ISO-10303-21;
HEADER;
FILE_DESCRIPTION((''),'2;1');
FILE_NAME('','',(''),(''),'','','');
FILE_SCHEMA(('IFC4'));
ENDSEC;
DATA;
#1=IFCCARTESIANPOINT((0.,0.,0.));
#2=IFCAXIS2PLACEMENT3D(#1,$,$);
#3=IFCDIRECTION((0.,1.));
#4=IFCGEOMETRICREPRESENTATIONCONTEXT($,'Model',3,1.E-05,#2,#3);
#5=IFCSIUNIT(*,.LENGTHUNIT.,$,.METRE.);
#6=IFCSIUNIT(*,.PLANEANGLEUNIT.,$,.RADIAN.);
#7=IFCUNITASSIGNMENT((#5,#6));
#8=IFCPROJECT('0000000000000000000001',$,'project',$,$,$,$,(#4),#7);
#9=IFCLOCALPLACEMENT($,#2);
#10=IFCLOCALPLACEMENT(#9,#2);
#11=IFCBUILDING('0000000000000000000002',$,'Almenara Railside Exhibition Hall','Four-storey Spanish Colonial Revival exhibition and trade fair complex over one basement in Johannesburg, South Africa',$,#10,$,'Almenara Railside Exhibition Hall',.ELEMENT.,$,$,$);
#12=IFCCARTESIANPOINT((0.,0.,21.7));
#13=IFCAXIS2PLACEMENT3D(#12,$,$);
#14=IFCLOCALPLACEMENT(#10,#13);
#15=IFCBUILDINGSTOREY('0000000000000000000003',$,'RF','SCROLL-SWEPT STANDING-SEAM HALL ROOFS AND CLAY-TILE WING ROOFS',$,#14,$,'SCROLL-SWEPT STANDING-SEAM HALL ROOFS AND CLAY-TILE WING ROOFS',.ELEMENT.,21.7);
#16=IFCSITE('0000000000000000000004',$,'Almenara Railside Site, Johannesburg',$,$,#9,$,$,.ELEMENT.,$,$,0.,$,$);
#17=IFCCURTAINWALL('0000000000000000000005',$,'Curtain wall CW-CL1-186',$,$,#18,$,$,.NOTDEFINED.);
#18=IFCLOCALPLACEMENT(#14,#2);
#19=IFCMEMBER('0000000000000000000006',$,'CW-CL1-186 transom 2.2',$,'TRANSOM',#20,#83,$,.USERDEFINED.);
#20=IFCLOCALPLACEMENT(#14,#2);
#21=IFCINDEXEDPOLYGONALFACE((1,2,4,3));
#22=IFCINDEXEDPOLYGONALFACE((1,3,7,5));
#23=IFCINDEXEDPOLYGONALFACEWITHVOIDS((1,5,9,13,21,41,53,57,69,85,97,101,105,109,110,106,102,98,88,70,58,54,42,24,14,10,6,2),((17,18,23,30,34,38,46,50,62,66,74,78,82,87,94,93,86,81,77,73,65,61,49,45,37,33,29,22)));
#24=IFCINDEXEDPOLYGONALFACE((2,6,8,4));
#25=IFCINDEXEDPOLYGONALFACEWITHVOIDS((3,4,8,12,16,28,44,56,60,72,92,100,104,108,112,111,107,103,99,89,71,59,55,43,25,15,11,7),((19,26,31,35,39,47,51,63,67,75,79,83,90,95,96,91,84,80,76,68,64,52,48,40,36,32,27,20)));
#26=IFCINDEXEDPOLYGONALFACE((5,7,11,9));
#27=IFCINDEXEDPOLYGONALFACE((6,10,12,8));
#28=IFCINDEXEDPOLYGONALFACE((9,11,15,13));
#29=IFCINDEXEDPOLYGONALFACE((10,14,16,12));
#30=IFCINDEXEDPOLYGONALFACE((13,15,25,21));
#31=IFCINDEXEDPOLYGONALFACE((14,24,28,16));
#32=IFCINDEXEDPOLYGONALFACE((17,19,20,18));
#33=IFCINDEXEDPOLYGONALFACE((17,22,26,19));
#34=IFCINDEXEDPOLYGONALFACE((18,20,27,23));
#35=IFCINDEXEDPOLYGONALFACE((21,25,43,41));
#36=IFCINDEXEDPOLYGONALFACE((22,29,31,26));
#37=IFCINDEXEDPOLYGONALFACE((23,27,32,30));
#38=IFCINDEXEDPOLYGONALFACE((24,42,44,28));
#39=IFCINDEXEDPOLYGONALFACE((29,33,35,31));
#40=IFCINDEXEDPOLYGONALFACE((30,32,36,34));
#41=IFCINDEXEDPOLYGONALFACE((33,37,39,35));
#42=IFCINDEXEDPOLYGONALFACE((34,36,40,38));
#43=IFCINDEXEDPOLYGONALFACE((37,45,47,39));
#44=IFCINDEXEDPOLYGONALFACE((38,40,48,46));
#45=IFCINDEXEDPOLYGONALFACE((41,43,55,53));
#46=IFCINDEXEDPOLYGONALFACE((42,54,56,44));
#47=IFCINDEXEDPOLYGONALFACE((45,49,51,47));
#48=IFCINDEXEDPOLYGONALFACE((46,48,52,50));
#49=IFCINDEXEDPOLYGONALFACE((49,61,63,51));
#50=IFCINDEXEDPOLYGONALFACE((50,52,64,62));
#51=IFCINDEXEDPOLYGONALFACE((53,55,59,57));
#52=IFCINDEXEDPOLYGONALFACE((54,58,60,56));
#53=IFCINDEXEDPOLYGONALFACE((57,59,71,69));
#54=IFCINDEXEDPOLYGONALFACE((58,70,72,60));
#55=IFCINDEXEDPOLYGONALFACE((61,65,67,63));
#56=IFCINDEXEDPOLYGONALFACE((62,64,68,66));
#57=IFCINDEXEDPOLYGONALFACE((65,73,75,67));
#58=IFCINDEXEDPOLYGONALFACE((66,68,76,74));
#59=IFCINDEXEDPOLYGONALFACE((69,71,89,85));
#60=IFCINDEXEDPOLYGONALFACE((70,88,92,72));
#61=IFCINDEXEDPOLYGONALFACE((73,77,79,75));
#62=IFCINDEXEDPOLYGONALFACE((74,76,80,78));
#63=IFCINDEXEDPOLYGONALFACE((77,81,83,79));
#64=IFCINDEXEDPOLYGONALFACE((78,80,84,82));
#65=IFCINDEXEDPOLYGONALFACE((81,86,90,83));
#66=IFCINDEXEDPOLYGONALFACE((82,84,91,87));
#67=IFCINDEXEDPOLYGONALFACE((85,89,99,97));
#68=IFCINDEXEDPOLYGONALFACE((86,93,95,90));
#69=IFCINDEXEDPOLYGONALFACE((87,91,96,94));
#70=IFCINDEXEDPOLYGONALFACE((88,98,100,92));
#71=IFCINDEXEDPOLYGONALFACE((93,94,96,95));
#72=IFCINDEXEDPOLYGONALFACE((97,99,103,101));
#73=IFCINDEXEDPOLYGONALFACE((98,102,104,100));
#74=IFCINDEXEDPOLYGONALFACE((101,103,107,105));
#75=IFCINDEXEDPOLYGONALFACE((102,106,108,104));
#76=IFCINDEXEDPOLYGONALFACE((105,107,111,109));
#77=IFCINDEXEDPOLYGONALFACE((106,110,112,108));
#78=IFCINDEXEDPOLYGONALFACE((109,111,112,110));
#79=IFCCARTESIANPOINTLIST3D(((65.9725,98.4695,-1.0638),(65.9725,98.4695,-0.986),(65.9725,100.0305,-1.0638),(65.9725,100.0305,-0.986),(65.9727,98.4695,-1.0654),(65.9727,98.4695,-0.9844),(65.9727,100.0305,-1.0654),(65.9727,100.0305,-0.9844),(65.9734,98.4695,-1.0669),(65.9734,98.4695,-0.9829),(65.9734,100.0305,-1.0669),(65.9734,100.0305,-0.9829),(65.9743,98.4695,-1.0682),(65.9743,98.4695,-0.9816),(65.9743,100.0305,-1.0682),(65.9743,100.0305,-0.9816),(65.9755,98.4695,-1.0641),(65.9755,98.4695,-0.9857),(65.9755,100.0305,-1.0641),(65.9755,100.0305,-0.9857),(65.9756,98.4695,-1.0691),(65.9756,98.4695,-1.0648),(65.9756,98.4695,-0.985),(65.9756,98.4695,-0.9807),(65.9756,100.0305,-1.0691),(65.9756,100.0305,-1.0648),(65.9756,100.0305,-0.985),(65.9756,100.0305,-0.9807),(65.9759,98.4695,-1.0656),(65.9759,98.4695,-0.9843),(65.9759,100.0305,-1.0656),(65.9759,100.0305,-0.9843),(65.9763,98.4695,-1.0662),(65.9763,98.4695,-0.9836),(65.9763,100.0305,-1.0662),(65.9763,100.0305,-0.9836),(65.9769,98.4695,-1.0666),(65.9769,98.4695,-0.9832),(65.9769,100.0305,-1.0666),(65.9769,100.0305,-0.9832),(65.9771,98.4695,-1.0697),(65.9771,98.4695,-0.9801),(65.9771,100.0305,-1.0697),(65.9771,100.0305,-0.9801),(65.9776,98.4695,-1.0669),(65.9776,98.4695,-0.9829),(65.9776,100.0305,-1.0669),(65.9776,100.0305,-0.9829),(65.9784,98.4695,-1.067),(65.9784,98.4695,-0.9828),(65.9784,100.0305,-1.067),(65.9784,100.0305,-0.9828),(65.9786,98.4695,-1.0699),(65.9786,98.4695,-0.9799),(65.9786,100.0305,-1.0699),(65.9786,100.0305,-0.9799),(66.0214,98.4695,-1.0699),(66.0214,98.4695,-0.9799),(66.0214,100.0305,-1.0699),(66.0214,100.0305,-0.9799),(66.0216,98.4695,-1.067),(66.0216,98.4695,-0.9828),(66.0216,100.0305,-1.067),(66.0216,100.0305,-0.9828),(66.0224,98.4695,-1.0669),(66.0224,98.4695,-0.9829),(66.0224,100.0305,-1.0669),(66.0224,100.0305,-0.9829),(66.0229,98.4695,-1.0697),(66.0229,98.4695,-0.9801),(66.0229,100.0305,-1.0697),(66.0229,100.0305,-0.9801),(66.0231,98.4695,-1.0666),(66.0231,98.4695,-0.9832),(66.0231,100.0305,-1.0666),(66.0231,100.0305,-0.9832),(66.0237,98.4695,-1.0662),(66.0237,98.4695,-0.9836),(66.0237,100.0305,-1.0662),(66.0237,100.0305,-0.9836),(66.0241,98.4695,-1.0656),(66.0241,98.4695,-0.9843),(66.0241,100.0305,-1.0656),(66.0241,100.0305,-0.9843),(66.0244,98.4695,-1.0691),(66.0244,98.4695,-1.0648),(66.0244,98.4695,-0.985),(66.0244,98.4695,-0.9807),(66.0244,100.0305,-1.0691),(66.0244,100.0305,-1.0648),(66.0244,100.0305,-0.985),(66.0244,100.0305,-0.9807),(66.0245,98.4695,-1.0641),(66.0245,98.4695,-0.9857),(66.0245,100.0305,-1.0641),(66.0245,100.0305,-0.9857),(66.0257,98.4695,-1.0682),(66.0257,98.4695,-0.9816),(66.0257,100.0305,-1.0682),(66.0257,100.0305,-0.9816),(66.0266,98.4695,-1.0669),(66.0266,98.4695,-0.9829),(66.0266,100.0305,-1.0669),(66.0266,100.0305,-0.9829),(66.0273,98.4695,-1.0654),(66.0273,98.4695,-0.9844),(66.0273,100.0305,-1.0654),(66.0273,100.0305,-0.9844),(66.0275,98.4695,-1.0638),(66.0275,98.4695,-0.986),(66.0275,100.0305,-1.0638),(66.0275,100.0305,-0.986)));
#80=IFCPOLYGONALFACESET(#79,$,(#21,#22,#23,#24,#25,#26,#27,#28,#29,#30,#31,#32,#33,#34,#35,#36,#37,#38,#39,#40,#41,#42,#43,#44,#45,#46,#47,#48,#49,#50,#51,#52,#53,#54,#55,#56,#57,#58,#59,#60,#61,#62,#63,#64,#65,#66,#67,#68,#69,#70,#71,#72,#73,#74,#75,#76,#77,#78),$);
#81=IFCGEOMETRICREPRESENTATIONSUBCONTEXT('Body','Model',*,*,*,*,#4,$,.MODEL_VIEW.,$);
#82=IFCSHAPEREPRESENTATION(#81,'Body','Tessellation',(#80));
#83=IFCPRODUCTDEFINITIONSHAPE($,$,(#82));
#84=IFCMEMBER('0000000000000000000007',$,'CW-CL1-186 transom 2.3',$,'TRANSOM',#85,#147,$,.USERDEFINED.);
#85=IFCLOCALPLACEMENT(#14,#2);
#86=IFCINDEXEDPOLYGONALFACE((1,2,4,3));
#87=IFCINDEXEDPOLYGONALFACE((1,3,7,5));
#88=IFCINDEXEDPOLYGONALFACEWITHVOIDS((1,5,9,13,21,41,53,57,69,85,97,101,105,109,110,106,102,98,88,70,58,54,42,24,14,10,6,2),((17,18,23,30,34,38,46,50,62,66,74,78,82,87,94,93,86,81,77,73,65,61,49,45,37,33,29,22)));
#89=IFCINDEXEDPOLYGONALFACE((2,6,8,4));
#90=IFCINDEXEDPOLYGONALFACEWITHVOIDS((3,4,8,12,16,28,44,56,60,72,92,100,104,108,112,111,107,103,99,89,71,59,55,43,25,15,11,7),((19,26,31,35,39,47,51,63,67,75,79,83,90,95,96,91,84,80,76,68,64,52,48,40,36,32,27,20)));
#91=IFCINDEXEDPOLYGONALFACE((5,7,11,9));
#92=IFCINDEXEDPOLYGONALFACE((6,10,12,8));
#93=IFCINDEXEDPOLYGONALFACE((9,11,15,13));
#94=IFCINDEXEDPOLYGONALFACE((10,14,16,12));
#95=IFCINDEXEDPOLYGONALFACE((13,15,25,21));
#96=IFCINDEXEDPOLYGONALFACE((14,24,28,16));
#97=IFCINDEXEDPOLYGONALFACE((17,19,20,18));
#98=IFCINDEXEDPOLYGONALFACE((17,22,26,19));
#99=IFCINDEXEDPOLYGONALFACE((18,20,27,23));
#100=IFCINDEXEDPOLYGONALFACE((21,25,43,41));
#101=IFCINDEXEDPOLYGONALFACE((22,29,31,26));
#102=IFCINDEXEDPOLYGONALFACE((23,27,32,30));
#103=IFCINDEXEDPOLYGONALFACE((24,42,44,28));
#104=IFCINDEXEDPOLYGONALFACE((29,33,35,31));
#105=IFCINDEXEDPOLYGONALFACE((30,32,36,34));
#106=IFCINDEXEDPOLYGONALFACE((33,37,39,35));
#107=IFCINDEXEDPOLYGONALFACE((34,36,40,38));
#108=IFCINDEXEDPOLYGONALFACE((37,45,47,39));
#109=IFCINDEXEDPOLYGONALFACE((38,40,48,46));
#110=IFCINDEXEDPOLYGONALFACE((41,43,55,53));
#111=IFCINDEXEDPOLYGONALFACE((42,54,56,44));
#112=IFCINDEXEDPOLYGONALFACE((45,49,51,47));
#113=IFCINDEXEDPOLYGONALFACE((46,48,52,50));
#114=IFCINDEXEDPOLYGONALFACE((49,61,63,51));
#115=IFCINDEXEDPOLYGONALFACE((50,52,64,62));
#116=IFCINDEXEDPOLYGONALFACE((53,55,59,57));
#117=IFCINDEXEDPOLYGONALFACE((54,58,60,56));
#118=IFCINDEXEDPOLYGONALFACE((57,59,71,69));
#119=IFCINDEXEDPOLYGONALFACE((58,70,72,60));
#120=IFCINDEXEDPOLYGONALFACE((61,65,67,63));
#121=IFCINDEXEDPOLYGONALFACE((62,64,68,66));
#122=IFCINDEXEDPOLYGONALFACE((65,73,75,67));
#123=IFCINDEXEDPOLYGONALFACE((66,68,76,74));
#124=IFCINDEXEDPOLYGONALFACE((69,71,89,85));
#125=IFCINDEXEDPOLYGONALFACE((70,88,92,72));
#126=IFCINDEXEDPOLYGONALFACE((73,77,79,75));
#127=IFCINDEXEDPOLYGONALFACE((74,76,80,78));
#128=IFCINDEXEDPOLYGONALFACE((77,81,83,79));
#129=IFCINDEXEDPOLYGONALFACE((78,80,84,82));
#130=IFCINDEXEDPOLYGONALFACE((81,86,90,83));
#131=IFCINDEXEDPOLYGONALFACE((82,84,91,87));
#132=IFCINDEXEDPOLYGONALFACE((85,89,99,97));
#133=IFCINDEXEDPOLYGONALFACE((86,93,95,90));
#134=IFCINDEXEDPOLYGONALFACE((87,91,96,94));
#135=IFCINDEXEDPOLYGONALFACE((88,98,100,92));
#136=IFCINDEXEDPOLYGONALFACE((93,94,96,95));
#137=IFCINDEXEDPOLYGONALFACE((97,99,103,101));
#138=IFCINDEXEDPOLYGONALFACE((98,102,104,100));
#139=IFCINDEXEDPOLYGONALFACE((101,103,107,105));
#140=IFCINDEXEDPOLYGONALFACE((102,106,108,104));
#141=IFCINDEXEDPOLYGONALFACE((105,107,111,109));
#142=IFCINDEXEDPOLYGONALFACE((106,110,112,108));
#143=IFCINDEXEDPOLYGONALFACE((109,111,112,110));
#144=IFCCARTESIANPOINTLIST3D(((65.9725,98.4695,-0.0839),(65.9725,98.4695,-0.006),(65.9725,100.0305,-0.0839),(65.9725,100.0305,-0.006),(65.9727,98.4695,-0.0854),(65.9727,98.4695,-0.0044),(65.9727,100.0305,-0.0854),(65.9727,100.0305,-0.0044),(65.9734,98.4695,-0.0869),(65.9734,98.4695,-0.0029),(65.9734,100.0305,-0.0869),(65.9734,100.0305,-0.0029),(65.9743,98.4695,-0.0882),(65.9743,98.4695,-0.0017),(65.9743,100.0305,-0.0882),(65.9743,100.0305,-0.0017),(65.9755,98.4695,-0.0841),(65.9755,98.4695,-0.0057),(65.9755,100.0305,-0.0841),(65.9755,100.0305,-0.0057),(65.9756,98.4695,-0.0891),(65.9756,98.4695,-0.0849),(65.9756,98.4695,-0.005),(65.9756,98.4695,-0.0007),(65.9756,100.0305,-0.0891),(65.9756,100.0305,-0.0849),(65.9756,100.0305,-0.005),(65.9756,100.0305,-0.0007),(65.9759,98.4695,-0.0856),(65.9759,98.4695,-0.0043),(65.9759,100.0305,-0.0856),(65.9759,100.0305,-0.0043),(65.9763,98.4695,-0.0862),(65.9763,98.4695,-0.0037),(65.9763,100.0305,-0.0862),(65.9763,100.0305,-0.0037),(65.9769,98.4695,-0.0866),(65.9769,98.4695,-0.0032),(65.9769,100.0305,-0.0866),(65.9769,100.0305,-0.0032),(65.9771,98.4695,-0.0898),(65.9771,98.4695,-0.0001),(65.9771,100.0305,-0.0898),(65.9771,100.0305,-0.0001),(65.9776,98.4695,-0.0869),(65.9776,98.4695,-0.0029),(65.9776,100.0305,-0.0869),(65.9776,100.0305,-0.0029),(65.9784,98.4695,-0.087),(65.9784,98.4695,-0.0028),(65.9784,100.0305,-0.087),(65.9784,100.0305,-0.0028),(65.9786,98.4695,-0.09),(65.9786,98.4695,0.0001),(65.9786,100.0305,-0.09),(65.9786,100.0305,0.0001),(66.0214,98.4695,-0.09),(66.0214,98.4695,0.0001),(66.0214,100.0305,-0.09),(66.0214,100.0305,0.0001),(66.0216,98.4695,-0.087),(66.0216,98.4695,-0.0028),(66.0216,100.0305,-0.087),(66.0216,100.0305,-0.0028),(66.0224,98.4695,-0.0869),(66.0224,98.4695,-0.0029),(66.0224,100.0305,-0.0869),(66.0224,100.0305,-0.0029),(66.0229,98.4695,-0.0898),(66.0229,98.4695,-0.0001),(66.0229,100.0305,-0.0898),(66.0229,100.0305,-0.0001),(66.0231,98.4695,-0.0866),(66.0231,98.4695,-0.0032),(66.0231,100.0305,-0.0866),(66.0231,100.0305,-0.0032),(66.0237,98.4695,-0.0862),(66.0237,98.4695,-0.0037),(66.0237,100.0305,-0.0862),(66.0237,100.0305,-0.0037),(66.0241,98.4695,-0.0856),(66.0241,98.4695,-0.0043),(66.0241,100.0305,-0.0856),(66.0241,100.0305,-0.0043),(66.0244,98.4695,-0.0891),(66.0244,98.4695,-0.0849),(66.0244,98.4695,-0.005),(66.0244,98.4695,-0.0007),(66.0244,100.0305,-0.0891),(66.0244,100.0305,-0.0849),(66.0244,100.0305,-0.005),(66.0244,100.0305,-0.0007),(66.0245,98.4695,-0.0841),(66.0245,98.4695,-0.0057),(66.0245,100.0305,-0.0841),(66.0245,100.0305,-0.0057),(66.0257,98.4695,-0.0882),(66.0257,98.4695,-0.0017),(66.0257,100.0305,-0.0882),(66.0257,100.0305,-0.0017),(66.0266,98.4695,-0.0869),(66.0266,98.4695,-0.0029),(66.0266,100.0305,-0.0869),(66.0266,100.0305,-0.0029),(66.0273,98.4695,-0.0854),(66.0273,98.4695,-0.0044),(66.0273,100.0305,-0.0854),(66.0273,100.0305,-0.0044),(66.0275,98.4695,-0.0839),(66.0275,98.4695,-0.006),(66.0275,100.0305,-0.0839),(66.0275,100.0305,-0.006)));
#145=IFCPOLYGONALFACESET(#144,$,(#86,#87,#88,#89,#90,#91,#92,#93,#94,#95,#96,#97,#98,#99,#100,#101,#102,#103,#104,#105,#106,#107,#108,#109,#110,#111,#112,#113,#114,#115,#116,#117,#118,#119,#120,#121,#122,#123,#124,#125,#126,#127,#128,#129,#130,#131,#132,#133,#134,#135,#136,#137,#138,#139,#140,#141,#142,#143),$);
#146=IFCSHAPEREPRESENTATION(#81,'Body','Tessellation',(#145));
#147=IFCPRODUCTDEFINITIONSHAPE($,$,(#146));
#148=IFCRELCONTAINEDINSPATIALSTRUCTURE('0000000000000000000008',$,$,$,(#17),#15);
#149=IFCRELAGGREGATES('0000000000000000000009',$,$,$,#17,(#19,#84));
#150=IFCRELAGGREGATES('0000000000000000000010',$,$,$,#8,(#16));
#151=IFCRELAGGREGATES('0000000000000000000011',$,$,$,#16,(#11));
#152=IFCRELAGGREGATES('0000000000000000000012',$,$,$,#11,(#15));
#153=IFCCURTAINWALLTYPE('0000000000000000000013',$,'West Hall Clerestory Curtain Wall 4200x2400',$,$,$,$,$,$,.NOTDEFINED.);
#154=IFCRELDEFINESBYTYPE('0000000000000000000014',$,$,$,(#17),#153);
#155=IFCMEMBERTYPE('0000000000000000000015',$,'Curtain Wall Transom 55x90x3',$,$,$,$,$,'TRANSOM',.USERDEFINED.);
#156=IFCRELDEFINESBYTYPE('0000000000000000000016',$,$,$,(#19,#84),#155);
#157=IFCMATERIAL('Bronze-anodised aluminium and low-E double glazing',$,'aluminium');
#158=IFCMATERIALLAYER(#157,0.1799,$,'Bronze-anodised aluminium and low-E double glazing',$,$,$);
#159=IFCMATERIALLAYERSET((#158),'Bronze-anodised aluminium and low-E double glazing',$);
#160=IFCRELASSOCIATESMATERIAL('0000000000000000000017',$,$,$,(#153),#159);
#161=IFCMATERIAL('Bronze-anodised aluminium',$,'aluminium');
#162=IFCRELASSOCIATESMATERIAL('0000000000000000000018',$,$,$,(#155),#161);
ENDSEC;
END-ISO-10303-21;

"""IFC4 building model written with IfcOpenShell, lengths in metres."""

from ifc_helpers import new_model, si_unit, direction, frame, origin, origin_2d, place, context, subcontext, project, spatial, hollow_rectangle, extrude, material, layer, layer_set, material_profile, profile_set, type_object, element, aggregate, save


model = new_model("IFC4")

# Units and contexts
model_context = context("Model", 3, precision=1e-05, world=origin(), true_north=direction((0.0, 1.0)))
body_context = subcontext(model_context, "Body", "Model", "MODEL_VIEW")
ifc_project = project(units=[si_unit("LENGTHUNIT", "METRE"), si_unit("PLANEANGLEUNIT", "RADIAN")], contexts=[model_context])

# Site, building, storey
site_placement = place(None, origin())
site = spatial("IfcSite", under=ifc_project, at=site_placement, Name="Almenara Railside Site, Johannesburg", CompositionType="ELEMENT", RefElevation=0.0)
building_placement = place(site_placement, origin())
building = spatial("IfcBuilding", under=site, at=building_placement, Name="Almenara Railside Exhibition Hall", Description="Four-storey Spanish Colonial Revival exhibition and trade fair complex over one basement in Johannesburg, South Africa", LongName="Almenara Railside Exhibition Hall", CompositionType="ELEMENT")
storey_placement = place(building_placement, frame((0.0, 0.0, 21.7)))
storey = spatial("IfcBuildingStorey", under=building, at=storey_placement, Name="RF", Description="SCROLL-SWEPT STANDING-SEAM HALL ROOFS AND CLAY-TILE WING ROOFS", LongName="SCROLL-SWEPT STANDING-SEAM HALL ROOFS AND CLAY-TILE WING ROOFS", CompositionType="ELEMENT", Elevation=21.7)

# Curtain wall
ifc_material_1 = material(Name="Bronze-anodised aluminium and low-E double glazing", Category="aluminium")
ifc_layer_1 = layer(ifc_material_1, 0.1799, Name="Bronze-anodised aluminium and low-E double glazing")
ifc_layer_set_1 = layer_set([ifc_layer_1], Name="Bronze-anodised aluminium and low-E double glazing")
curtain_wall_type = type_object("IfcCurtainWallType", Name="West Hall Clerestory Curtain Wall 4200x2400", PredefinedType="NOTDEFINED", material=ifc_layer_set_1)
curtain_wall_1_placement = place(storey_placement, origin())
curtain_wall_1 = element("IfcCurtainWall", 1, at=curtain_wall_1_placement, inside=storey, type_object=curtain_wall_type, Name="Curtain wall CW-CL1-186", PredefinedType="NOTDEFINED")
ifc_material_2 = material(Name="Bronze-anodised aluminium", Category="aluminium")

# Members
ifc_material_profile_1 = material_profile(ifc_material_2, hollow_rectangle(XDim=0.0549, YDim=0.0901, WallThickness=0.0029, InnerFilletRadius=0.0029, OuterFilletRadius=0.0061, at=origin_2d()), Name="ALU-TRN 55x90x3")
ifc_profile_set_1 = profile_set([ifc_material_profile_1], Name="Bronze-anodised aluminium")
member_type_1 = type_object("IfcMemberType", Name="Curtain Wall Transom 55x90x3", ElementType="TRANSOM", PredefinedType="USERDEFINED", material=ifc_profile_set_1)
member_1_placement = place(storey_placement, frame((66.0, 98.4695, -1.0249), z_axis=(0.0, 1.0, 0.0), x_axis=(-1.0, 0.0, 0.0)))
member_1 = element("IfcMember", 2, at=member_1_placement, type_object=member_type_1, Name="CW-CL1-186 transom 2.2", ObjectType="TRANSOM", PredefinedType="USERDEFINED", context=body_context, shape_type="SweptSolid", body=[
    extrude(hollow_rectangle(XDim=0.0549, YDim=0.0901, WallThickness=0.0029, InnerFilletRadius=0.0029, OuterFilletRadius=0.0061, at=origin_2d()), origin(), (0.0, 0.0, 1.0), 1.561),
])
member_2_placement = place(storey_placement, frame((66.0, 98.4695, -0.0449), z_axis=(0.0, 1.0, 0.0), x_axis=(-1.0, 0.0, 0.0)))
member_2 = element("IfcMember", 3, at=member_2_placement, type_object=member_type_1, Name="CW-CL1-186 transom 2.3", ObjectType="TRANSOM", PredefinedType="USERDEFINED", context=body_context, shape_type="SweptSolid", body=[
    extrude(hollow_rectangle(XDim=0.0549, YDim=0.0901, WallThickness=0.0029, InnerFilletRadius=0.0029, OuterFilletRadius=0.0061, at=origin_2d()), origin(), (0.0, 0.0, 1.0), 1.561),
])

aggregate(curtain_wall_1, [member_1, member_2])

save(model, "model.ifc")
